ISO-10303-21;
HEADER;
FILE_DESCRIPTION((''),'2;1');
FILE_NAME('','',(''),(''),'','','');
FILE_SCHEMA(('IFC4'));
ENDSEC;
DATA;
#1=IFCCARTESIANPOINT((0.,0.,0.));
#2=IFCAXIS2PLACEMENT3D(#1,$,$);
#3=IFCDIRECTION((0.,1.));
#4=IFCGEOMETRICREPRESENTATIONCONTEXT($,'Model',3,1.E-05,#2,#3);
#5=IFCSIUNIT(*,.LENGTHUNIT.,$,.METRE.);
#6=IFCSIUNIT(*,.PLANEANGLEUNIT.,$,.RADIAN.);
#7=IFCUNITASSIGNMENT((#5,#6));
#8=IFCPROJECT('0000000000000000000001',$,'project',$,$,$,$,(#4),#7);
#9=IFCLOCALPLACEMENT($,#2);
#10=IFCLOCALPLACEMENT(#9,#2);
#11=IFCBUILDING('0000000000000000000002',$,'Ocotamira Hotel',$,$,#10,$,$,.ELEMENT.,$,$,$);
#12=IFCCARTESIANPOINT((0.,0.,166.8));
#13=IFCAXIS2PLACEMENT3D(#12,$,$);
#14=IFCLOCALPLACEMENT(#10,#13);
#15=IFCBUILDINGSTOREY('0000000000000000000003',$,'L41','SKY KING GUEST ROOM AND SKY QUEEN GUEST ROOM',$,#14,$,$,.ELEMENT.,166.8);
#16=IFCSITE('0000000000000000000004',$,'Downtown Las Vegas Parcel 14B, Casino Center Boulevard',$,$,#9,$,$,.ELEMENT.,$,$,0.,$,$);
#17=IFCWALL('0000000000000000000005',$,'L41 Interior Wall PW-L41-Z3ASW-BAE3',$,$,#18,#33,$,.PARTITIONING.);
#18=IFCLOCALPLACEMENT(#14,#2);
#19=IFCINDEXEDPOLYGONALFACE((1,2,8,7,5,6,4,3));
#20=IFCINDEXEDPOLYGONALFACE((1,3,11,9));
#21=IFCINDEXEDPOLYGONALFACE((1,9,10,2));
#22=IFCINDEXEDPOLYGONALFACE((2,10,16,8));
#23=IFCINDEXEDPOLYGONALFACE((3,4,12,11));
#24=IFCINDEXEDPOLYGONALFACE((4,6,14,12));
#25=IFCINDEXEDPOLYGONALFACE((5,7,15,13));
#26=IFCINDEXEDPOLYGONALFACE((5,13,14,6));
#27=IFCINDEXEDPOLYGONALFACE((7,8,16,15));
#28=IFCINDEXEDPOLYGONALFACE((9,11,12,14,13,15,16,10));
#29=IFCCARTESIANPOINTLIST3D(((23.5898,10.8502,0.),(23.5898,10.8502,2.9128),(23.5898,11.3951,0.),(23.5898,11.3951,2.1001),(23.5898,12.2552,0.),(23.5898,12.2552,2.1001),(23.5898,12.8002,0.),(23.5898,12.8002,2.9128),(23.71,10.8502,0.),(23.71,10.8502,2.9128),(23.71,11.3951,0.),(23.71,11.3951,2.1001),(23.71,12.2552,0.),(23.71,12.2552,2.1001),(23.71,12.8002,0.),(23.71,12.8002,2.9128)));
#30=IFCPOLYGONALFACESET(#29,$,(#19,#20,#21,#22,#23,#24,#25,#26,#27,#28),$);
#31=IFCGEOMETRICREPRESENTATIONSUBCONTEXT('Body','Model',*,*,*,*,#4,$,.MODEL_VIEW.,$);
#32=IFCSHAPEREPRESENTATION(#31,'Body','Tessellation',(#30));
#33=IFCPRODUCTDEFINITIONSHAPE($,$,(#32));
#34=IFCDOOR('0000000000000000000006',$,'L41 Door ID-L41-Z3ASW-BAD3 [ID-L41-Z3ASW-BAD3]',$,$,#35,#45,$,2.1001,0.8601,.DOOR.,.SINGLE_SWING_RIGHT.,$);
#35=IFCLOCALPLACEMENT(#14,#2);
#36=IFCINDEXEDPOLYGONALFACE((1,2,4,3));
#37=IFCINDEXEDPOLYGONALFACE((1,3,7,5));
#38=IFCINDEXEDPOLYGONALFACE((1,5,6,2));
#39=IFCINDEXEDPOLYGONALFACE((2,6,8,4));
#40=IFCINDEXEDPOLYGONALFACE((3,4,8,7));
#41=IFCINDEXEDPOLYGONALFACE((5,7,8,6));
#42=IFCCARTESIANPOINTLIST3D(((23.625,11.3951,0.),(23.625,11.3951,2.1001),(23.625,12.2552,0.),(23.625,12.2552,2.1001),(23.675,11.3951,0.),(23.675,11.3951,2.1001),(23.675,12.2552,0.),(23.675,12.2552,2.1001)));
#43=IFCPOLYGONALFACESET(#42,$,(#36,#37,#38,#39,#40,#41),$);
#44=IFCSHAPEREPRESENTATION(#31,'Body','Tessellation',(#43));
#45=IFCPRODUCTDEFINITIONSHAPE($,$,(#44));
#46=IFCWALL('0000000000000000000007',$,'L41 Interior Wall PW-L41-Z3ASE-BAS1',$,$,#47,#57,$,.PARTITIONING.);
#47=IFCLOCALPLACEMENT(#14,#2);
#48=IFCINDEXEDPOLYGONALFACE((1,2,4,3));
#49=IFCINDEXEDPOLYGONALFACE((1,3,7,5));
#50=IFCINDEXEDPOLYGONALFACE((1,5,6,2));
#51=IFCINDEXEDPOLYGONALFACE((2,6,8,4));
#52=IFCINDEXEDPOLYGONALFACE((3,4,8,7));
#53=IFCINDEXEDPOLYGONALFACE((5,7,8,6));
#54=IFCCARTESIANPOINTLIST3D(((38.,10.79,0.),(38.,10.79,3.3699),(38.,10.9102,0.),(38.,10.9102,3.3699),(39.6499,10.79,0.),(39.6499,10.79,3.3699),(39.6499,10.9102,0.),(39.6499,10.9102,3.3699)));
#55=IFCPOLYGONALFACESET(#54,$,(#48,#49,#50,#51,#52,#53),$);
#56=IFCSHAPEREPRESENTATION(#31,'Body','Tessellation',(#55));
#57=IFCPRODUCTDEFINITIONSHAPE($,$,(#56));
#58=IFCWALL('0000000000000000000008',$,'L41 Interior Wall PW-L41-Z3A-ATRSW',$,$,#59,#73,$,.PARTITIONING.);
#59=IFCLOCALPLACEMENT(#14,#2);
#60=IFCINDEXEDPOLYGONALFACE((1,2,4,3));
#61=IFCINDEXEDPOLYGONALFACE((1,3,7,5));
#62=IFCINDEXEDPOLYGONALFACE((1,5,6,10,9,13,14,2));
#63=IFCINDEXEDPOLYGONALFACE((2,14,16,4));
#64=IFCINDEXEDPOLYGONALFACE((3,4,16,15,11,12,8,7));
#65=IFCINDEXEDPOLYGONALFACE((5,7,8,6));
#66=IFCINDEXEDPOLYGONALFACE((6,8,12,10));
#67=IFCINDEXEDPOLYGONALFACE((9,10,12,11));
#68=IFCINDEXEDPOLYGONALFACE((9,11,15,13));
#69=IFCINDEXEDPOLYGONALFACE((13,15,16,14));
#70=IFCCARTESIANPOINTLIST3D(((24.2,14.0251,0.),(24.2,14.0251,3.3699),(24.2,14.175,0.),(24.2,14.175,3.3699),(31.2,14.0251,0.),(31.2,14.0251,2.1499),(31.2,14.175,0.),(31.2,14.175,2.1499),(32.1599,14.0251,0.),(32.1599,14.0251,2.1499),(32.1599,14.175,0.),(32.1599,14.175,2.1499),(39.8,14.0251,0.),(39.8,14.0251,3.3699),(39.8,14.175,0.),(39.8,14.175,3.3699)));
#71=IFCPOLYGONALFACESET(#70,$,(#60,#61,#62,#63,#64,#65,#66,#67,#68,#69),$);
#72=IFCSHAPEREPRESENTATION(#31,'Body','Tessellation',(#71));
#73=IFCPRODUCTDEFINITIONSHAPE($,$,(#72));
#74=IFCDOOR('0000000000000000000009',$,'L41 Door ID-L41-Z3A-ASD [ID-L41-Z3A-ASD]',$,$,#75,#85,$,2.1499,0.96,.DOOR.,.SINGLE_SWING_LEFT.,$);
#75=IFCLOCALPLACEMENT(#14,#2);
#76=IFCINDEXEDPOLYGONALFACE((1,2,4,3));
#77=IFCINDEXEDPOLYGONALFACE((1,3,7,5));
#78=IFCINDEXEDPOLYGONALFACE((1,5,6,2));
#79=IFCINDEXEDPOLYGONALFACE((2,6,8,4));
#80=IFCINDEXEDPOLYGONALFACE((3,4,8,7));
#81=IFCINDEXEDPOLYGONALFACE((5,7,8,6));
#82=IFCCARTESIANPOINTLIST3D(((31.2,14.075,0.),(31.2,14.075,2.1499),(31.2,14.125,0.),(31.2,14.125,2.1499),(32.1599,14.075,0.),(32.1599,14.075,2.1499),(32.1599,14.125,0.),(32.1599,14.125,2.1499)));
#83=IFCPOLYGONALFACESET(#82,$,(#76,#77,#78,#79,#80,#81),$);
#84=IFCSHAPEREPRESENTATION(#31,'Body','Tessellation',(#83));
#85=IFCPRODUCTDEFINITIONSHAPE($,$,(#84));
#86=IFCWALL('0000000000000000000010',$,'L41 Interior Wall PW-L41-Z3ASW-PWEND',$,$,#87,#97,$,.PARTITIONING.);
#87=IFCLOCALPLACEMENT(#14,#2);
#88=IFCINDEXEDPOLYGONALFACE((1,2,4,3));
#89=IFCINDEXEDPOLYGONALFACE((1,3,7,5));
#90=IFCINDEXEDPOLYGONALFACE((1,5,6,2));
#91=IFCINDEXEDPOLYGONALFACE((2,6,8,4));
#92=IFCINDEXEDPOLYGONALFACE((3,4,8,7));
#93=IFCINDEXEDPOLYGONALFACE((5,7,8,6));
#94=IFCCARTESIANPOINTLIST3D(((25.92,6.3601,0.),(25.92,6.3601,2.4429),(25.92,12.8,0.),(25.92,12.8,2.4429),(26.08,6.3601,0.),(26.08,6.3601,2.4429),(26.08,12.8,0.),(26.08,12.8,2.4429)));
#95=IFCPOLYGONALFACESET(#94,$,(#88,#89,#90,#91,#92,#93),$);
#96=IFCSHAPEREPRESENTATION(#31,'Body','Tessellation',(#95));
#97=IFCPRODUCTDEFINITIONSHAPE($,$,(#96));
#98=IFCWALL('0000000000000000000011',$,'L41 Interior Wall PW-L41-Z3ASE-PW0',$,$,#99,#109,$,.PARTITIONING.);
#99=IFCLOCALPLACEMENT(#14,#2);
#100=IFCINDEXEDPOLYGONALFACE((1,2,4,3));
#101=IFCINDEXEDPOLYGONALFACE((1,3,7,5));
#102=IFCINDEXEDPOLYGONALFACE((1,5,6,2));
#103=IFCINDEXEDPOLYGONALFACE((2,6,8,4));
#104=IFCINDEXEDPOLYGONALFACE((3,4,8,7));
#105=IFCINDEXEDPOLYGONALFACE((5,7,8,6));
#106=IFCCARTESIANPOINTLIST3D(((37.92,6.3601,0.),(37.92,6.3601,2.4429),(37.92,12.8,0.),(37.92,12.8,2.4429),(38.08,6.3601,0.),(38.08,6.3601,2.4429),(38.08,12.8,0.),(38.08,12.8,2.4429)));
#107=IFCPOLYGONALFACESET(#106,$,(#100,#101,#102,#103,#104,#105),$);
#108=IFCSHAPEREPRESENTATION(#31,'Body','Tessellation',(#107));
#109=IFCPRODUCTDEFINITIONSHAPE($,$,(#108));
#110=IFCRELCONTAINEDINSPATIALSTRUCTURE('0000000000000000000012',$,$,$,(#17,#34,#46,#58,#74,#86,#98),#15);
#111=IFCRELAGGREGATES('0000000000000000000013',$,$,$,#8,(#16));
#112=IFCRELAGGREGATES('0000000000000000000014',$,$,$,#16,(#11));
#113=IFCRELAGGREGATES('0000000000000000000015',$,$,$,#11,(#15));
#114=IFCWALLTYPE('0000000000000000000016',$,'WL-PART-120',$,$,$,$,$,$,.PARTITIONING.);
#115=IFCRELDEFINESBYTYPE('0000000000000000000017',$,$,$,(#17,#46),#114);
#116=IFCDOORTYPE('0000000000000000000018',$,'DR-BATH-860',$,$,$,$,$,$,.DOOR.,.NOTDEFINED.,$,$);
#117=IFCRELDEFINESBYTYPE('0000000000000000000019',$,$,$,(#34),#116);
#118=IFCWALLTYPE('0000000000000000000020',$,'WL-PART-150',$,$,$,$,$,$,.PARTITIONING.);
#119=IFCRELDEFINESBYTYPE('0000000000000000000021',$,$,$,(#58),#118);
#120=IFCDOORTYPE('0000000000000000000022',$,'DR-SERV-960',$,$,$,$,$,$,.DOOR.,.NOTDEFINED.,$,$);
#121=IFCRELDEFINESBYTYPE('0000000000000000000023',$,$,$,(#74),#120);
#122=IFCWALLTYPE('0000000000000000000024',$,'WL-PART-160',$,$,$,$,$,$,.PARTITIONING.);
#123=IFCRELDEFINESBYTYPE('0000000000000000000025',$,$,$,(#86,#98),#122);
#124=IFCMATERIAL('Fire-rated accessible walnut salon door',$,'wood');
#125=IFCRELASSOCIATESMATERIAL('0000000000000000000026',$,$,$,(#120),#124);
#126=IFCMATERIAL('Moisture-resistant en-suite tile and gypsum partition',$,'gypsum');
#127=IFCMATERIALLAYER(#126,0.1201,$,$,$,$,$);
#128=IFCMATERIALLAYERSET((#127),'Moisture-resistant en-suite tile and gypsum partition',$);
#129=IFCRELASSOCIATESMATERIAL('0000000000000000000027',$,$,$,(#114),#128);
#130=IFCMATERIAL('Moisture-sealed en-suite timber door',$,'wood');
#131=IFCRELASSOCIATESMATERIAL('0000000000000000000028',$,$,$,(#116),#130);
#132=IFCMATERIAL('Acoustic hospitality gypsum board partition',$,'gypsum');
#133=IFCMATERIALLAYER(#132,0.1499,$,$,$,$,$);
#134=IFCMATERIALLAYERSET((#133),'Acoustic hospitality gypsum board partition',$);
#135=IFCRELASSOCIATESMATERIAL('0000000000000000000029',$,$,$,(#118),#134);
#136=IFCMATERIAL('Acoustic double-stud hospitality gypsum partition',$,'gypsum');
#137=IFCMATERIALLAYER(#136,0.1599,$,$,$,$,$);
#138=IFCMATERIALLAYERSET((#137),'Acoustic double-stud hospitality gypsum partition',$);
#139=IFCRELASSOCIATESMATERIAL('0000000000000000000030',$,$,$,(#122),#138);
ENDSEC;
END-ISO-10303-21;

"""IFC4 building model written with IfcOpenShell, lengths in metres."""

from ifc_helpers import new_model, si_unit, direction, frame, frame_2d, origin, place, context, subcontext, project, spatial, rectangle, extrude, source, transform, mapped, material, layer, layer_set, type_object, element, fill, save


model = new_model("IFC4")

# Units and contexts
model_context = context("Model", 3, precision=1e-05, world=origin(), true_north=direction((0.0, 1.0)))
body_context = subcontext(model_context, "Body", "Model", "MODEL_VIEW")
ifc_project = project(units=[si_unit("LENGTHUNIT", "METRE"), si_unit("PLANEANGLEUNIT", "RADIAN")], contexts=[model_context])

# Site, building, storey
site_placement = place(None, origin())
site = spatial("IfcSite", under=ifc_project, at=site_placement, Name="Downtown Las Vegas Parcel 14B, Casino Center Boulevard", CompositionType="ELEMENT", RefElevation=0.0)
building_placement = place(site_placement, origin())
building = spatial("IfcBuilding", under=site, at=building_placement, Name="Ocotamira Hotel", CompositionType="ELEMENT")
storey_placement = place(building_placement, frame((0.0, 0.0, 166.8)))
storey = spatial("IfcBuildingStorey", under=building, at=storey_placement, Name="L41", Description="SKY KING GUEST ROOM AND SKY QUEEN GUEST ROOM", CompositionType="ELEMENT", Elevation=166.8)

# Shared definitions
ifc_material_1 = material(Name="Fire-rated accessible walnut salon door", Category="wood")
door_type_1 = type_object("IfcDoorType", Name="DR-SERV-960", OperationType="NOTDEFINED", PredefinedType="DOOR", material=ifc_material_1)
shared_shape_1 = source(origin(), body_context, "Body", "SweptSolid", [
    extrude(rectangle(XDim=0.96, YDim=2.1499, at=frame_2d((0.48, 1.075))), frame((0.0, 0.0249, 0.0), z_axis=(0.0, -1.0, 0.0), x_axis=(1.0, 0.0, 0.0)), (0.0, 0.0, 1.0), 0.05),
])

# Wall, opening, door
ifc_material_2 = material(Name="Moisture-resistant en-suite tile and gypsum partition", Category="gypsum")
ifc_layer_1 = layer(ifc_material_2, 0.1201)
ifc_layer_set_1 = layer_set([ifc_layer_1], Name="Moisture-resistant en-suite tile and gypsum partition")
wall_type_1 = type_object("IfcWallType", Name="WL-PART-120", PredefinedType="PARTITIONING", material=ifc_layer_set_1)
wall_1_placement = place(storey_placement, frame((23.6499, 10.8501, 0.0), z_axis=(0.0, 0.0, 1.0), x_axis=(0.0, 1.0, 0.0)))
wall_1 = element("IfcWall", 1, at=wall_1_placement, inside=storey, type_object=wall_type_1, Name="L41 Interior Wall PW-L41-Z3ASW-BAE3", PredefinedType="PARTITIONING", context=body_context, shape_type="SweptSolid", body=[
    extrude(rectangle(XDim=1.95, YDim=0.1201, at=frame_2d((0.9751, 0.0))), origin(), (0.0, 0.0, 1.0), 2.9128),
])
opening_1_placement = place(wall_1_placement, frame((0.5449, 0.0, 0.0)))
opening_1 = element("IfcOpeningElement", 2, at=opening_1_placement, cuts=wall_1, PredefinedType="OPENING", context=body_context, shape_type="SweptSolid", body=[
    extrude(rectangle(XDim=0.8601, YDim=2.1001, at=frame_2d((0.4302, 1.05))), frame((0.0, 0.0701, 0.0), z_axis=(0.0, -1.0, 0.0), x_axis=(1.0, 0.0, 0.0)), (0.0, 0.0, 1.0), 0.1401),
])
ifc_material_3 = material(Name="Moisture-sealed en-suite timber door", Category="wood")
door_type_2 = type_object("IfcDoorType", Name="DR-BATH-860", OperationType="NOTDEFINED", PredefinedType="DOOR", material=ifc_material_3)
shared_shape_2 = source(origin(), body_context, "Body", "SweptSolid", [
    extrude(rectangle(XDim=0.8601, YDim=2.1001, at=frame_2d((0.4302, 1.05))), frame((0.0, 0.0249, 0.0), z_axis=(0.0, -1.0, 0.0), x_axis=(1.0, 0.0, 0.0)), (0.0, 0.0, 1.0), 0.05),
])
door_1_placement = place(opening_1_placement, origin())
door_1 = element("IfcDoor", 3, at=door_1_placement, inside=storey, type_object=door_type_2, Name="L41 Door ID-L41-Z3ASW-BAD3 [ID-L41-Z3ASW-BAD3]", OperationType="SINGLE_SWING_RIGHT", OverallHeight=2.1001, OverallWidth=0.8601, PredefinedType="DOOR", context=body_context, shape_type="MappedRepresentation", body=[
    mapped(shared_shape_2, transform((0.0, 0.0, 0.0), scale=1.0)),
])
fill(opening_1, door_1)

# Wall
wall_2_placement = place(storey_placement, frame((38.0, 10.8501, 0.0), z_axis=(0.0, 0.0, 1.0), x_axis=(1.0, 0.0, 0.0)))
element("IfcWall", 4, at=wall_2_placement, inside=storey, type_object=wall_type_1, Name="L41 Interior Wall PW-L41-Z3ASE-BAS1", PredefinedType="PARTITIONING", context=body_context, shape_type="SweptSolid", body=[
    extrude(rectangle(XDim=1.6499, YDim=0.1201, at=frame_2d((0.825, 0.0))), origin(), (0.0, 0.0, 1.0), 3.3699),
])

# Wall, opening, door
ifc_material_4 = material(Name="Acoustic hospitality gypsum board partition", Category="gypsum")
ifc_layer_2 = layer(ifc_material_4, 0.1499)
ifc_layer_set_2 = layer_set([ifc_layer_2], Name="Acoustic hospitality gypsum board partition")
wall_type_2 = type_object("IfcWallType", Name="WL-PART-150", PredefinedType="PARTITIONING", material=ifc_layer_set_2)
wall_3_placement = place(storey_placement, frame((24.2, 14.1001, 0.0), z_axis=(0.0, 0.0, 1.0), x_axis=(1.0, 0.0, 0.0)))
wall_3 = element("IfcWall", 5, at=wall_3_placement, inside=storey, type_object=wall_type_2, Name="L41 Interior Wall PW-L41-Z3A-ATRSW", PredefinedType="PARTITIONING", context=body_context, shape_type="SweptSolid", body=[
    extrude(rectangle(XDim=15.6001, YDim=0.1499, at=frame_2d((7.8, 0.0))), origin(), (0.0, 0.0, 1.0), 3.3699),
])
opening_2_placement = place(wall_3_placement, frame((7.0, 0.0, 0.0)))
opening_2 = element("IfcOpeningElement", 6, at=opening_2_placement, cuts=wall_3, PredefinedType="OPENING", context=body_context, shape_type="SweptSolid", body=[
    extrude(rectangle(XDim=0.96, YDim=2.1499, at=frame_2d((0.48, 1.075))), frame((0.0, 0.085, 0.0), z_axis=(0.0, -1.0, 0.0), x_axis=(1.0, 0.0, 0.0)), (0.0, 0.0, 1.0), 0.1699),
])
door_2_placement = place(opening_2_placement, origin())
door_2 = element("IfcDoor", 7, at=door_2_placement, inside=storey, type_object=door_type_1, Name="L41 Door ID-L41-Z3A-ASD [ID-L41-Z3A-ASD]", OperationType="SINGLE_SWING_LEFT", OverallHeight=2.1499, OverallWidth=0.96, PredefinedType="DOOR", context=body_context, shape_type="MappedRepresentation", body=[
    mapped(shared_shape_1, transform((0.0, 0.0, 0.0), scale=1.0)),
])
fill(opening_2, door_2)

# Walls
ifc_material_5 = material(Name="Acoustic double-stud hospitality gypsum partition", Category="gypsum")
ifc_layer_3 = layer(ifc_material_5, 0.1599)
ifc_layer_set_3 = layer_set([ifc_layer_3], Name="Acoustic double-stud hospitality gypsum partition")
wall_type_3 = type_object("IfcWallType", Name="WL-PART-160", PredefinedType="PARTITIONING", material=ifc_layer_set_3)
for number, where, z_axis, x_axis, name in (
    (8, (26.0, 6.3601, 0.0), (0.0, 0.0, 1.0), (0.0, 1.0, 0.0), "L41 Interior Wall PW-L41-Z3ASW-PWEND"),
    (9, (38.0, 6.3601, 0.0), (0.0, 0.0, 1.0), (0.0, 1.0, 0.0), "L41 Interior Wall PW-L41-Z3ASE-PW0"),
):
    element("IfcWall", number, at=place(storey_placement, frame(where, z_axis=z_axis, x_axis=x_axis)), inside=storey, type_object=wall_type_3, Name=name, PredefinedType="PARTITIONING", context=body_context, shape_type="SweptSolid", body=[
        extrude(rectangle(XDim=6.4399, YDim=0.1599, at=frame_2d((3.22, 0.0))), origin(), (0.0, 0.0, 1.0), 2.4429),
    ])

save(model, "model.ifc")
